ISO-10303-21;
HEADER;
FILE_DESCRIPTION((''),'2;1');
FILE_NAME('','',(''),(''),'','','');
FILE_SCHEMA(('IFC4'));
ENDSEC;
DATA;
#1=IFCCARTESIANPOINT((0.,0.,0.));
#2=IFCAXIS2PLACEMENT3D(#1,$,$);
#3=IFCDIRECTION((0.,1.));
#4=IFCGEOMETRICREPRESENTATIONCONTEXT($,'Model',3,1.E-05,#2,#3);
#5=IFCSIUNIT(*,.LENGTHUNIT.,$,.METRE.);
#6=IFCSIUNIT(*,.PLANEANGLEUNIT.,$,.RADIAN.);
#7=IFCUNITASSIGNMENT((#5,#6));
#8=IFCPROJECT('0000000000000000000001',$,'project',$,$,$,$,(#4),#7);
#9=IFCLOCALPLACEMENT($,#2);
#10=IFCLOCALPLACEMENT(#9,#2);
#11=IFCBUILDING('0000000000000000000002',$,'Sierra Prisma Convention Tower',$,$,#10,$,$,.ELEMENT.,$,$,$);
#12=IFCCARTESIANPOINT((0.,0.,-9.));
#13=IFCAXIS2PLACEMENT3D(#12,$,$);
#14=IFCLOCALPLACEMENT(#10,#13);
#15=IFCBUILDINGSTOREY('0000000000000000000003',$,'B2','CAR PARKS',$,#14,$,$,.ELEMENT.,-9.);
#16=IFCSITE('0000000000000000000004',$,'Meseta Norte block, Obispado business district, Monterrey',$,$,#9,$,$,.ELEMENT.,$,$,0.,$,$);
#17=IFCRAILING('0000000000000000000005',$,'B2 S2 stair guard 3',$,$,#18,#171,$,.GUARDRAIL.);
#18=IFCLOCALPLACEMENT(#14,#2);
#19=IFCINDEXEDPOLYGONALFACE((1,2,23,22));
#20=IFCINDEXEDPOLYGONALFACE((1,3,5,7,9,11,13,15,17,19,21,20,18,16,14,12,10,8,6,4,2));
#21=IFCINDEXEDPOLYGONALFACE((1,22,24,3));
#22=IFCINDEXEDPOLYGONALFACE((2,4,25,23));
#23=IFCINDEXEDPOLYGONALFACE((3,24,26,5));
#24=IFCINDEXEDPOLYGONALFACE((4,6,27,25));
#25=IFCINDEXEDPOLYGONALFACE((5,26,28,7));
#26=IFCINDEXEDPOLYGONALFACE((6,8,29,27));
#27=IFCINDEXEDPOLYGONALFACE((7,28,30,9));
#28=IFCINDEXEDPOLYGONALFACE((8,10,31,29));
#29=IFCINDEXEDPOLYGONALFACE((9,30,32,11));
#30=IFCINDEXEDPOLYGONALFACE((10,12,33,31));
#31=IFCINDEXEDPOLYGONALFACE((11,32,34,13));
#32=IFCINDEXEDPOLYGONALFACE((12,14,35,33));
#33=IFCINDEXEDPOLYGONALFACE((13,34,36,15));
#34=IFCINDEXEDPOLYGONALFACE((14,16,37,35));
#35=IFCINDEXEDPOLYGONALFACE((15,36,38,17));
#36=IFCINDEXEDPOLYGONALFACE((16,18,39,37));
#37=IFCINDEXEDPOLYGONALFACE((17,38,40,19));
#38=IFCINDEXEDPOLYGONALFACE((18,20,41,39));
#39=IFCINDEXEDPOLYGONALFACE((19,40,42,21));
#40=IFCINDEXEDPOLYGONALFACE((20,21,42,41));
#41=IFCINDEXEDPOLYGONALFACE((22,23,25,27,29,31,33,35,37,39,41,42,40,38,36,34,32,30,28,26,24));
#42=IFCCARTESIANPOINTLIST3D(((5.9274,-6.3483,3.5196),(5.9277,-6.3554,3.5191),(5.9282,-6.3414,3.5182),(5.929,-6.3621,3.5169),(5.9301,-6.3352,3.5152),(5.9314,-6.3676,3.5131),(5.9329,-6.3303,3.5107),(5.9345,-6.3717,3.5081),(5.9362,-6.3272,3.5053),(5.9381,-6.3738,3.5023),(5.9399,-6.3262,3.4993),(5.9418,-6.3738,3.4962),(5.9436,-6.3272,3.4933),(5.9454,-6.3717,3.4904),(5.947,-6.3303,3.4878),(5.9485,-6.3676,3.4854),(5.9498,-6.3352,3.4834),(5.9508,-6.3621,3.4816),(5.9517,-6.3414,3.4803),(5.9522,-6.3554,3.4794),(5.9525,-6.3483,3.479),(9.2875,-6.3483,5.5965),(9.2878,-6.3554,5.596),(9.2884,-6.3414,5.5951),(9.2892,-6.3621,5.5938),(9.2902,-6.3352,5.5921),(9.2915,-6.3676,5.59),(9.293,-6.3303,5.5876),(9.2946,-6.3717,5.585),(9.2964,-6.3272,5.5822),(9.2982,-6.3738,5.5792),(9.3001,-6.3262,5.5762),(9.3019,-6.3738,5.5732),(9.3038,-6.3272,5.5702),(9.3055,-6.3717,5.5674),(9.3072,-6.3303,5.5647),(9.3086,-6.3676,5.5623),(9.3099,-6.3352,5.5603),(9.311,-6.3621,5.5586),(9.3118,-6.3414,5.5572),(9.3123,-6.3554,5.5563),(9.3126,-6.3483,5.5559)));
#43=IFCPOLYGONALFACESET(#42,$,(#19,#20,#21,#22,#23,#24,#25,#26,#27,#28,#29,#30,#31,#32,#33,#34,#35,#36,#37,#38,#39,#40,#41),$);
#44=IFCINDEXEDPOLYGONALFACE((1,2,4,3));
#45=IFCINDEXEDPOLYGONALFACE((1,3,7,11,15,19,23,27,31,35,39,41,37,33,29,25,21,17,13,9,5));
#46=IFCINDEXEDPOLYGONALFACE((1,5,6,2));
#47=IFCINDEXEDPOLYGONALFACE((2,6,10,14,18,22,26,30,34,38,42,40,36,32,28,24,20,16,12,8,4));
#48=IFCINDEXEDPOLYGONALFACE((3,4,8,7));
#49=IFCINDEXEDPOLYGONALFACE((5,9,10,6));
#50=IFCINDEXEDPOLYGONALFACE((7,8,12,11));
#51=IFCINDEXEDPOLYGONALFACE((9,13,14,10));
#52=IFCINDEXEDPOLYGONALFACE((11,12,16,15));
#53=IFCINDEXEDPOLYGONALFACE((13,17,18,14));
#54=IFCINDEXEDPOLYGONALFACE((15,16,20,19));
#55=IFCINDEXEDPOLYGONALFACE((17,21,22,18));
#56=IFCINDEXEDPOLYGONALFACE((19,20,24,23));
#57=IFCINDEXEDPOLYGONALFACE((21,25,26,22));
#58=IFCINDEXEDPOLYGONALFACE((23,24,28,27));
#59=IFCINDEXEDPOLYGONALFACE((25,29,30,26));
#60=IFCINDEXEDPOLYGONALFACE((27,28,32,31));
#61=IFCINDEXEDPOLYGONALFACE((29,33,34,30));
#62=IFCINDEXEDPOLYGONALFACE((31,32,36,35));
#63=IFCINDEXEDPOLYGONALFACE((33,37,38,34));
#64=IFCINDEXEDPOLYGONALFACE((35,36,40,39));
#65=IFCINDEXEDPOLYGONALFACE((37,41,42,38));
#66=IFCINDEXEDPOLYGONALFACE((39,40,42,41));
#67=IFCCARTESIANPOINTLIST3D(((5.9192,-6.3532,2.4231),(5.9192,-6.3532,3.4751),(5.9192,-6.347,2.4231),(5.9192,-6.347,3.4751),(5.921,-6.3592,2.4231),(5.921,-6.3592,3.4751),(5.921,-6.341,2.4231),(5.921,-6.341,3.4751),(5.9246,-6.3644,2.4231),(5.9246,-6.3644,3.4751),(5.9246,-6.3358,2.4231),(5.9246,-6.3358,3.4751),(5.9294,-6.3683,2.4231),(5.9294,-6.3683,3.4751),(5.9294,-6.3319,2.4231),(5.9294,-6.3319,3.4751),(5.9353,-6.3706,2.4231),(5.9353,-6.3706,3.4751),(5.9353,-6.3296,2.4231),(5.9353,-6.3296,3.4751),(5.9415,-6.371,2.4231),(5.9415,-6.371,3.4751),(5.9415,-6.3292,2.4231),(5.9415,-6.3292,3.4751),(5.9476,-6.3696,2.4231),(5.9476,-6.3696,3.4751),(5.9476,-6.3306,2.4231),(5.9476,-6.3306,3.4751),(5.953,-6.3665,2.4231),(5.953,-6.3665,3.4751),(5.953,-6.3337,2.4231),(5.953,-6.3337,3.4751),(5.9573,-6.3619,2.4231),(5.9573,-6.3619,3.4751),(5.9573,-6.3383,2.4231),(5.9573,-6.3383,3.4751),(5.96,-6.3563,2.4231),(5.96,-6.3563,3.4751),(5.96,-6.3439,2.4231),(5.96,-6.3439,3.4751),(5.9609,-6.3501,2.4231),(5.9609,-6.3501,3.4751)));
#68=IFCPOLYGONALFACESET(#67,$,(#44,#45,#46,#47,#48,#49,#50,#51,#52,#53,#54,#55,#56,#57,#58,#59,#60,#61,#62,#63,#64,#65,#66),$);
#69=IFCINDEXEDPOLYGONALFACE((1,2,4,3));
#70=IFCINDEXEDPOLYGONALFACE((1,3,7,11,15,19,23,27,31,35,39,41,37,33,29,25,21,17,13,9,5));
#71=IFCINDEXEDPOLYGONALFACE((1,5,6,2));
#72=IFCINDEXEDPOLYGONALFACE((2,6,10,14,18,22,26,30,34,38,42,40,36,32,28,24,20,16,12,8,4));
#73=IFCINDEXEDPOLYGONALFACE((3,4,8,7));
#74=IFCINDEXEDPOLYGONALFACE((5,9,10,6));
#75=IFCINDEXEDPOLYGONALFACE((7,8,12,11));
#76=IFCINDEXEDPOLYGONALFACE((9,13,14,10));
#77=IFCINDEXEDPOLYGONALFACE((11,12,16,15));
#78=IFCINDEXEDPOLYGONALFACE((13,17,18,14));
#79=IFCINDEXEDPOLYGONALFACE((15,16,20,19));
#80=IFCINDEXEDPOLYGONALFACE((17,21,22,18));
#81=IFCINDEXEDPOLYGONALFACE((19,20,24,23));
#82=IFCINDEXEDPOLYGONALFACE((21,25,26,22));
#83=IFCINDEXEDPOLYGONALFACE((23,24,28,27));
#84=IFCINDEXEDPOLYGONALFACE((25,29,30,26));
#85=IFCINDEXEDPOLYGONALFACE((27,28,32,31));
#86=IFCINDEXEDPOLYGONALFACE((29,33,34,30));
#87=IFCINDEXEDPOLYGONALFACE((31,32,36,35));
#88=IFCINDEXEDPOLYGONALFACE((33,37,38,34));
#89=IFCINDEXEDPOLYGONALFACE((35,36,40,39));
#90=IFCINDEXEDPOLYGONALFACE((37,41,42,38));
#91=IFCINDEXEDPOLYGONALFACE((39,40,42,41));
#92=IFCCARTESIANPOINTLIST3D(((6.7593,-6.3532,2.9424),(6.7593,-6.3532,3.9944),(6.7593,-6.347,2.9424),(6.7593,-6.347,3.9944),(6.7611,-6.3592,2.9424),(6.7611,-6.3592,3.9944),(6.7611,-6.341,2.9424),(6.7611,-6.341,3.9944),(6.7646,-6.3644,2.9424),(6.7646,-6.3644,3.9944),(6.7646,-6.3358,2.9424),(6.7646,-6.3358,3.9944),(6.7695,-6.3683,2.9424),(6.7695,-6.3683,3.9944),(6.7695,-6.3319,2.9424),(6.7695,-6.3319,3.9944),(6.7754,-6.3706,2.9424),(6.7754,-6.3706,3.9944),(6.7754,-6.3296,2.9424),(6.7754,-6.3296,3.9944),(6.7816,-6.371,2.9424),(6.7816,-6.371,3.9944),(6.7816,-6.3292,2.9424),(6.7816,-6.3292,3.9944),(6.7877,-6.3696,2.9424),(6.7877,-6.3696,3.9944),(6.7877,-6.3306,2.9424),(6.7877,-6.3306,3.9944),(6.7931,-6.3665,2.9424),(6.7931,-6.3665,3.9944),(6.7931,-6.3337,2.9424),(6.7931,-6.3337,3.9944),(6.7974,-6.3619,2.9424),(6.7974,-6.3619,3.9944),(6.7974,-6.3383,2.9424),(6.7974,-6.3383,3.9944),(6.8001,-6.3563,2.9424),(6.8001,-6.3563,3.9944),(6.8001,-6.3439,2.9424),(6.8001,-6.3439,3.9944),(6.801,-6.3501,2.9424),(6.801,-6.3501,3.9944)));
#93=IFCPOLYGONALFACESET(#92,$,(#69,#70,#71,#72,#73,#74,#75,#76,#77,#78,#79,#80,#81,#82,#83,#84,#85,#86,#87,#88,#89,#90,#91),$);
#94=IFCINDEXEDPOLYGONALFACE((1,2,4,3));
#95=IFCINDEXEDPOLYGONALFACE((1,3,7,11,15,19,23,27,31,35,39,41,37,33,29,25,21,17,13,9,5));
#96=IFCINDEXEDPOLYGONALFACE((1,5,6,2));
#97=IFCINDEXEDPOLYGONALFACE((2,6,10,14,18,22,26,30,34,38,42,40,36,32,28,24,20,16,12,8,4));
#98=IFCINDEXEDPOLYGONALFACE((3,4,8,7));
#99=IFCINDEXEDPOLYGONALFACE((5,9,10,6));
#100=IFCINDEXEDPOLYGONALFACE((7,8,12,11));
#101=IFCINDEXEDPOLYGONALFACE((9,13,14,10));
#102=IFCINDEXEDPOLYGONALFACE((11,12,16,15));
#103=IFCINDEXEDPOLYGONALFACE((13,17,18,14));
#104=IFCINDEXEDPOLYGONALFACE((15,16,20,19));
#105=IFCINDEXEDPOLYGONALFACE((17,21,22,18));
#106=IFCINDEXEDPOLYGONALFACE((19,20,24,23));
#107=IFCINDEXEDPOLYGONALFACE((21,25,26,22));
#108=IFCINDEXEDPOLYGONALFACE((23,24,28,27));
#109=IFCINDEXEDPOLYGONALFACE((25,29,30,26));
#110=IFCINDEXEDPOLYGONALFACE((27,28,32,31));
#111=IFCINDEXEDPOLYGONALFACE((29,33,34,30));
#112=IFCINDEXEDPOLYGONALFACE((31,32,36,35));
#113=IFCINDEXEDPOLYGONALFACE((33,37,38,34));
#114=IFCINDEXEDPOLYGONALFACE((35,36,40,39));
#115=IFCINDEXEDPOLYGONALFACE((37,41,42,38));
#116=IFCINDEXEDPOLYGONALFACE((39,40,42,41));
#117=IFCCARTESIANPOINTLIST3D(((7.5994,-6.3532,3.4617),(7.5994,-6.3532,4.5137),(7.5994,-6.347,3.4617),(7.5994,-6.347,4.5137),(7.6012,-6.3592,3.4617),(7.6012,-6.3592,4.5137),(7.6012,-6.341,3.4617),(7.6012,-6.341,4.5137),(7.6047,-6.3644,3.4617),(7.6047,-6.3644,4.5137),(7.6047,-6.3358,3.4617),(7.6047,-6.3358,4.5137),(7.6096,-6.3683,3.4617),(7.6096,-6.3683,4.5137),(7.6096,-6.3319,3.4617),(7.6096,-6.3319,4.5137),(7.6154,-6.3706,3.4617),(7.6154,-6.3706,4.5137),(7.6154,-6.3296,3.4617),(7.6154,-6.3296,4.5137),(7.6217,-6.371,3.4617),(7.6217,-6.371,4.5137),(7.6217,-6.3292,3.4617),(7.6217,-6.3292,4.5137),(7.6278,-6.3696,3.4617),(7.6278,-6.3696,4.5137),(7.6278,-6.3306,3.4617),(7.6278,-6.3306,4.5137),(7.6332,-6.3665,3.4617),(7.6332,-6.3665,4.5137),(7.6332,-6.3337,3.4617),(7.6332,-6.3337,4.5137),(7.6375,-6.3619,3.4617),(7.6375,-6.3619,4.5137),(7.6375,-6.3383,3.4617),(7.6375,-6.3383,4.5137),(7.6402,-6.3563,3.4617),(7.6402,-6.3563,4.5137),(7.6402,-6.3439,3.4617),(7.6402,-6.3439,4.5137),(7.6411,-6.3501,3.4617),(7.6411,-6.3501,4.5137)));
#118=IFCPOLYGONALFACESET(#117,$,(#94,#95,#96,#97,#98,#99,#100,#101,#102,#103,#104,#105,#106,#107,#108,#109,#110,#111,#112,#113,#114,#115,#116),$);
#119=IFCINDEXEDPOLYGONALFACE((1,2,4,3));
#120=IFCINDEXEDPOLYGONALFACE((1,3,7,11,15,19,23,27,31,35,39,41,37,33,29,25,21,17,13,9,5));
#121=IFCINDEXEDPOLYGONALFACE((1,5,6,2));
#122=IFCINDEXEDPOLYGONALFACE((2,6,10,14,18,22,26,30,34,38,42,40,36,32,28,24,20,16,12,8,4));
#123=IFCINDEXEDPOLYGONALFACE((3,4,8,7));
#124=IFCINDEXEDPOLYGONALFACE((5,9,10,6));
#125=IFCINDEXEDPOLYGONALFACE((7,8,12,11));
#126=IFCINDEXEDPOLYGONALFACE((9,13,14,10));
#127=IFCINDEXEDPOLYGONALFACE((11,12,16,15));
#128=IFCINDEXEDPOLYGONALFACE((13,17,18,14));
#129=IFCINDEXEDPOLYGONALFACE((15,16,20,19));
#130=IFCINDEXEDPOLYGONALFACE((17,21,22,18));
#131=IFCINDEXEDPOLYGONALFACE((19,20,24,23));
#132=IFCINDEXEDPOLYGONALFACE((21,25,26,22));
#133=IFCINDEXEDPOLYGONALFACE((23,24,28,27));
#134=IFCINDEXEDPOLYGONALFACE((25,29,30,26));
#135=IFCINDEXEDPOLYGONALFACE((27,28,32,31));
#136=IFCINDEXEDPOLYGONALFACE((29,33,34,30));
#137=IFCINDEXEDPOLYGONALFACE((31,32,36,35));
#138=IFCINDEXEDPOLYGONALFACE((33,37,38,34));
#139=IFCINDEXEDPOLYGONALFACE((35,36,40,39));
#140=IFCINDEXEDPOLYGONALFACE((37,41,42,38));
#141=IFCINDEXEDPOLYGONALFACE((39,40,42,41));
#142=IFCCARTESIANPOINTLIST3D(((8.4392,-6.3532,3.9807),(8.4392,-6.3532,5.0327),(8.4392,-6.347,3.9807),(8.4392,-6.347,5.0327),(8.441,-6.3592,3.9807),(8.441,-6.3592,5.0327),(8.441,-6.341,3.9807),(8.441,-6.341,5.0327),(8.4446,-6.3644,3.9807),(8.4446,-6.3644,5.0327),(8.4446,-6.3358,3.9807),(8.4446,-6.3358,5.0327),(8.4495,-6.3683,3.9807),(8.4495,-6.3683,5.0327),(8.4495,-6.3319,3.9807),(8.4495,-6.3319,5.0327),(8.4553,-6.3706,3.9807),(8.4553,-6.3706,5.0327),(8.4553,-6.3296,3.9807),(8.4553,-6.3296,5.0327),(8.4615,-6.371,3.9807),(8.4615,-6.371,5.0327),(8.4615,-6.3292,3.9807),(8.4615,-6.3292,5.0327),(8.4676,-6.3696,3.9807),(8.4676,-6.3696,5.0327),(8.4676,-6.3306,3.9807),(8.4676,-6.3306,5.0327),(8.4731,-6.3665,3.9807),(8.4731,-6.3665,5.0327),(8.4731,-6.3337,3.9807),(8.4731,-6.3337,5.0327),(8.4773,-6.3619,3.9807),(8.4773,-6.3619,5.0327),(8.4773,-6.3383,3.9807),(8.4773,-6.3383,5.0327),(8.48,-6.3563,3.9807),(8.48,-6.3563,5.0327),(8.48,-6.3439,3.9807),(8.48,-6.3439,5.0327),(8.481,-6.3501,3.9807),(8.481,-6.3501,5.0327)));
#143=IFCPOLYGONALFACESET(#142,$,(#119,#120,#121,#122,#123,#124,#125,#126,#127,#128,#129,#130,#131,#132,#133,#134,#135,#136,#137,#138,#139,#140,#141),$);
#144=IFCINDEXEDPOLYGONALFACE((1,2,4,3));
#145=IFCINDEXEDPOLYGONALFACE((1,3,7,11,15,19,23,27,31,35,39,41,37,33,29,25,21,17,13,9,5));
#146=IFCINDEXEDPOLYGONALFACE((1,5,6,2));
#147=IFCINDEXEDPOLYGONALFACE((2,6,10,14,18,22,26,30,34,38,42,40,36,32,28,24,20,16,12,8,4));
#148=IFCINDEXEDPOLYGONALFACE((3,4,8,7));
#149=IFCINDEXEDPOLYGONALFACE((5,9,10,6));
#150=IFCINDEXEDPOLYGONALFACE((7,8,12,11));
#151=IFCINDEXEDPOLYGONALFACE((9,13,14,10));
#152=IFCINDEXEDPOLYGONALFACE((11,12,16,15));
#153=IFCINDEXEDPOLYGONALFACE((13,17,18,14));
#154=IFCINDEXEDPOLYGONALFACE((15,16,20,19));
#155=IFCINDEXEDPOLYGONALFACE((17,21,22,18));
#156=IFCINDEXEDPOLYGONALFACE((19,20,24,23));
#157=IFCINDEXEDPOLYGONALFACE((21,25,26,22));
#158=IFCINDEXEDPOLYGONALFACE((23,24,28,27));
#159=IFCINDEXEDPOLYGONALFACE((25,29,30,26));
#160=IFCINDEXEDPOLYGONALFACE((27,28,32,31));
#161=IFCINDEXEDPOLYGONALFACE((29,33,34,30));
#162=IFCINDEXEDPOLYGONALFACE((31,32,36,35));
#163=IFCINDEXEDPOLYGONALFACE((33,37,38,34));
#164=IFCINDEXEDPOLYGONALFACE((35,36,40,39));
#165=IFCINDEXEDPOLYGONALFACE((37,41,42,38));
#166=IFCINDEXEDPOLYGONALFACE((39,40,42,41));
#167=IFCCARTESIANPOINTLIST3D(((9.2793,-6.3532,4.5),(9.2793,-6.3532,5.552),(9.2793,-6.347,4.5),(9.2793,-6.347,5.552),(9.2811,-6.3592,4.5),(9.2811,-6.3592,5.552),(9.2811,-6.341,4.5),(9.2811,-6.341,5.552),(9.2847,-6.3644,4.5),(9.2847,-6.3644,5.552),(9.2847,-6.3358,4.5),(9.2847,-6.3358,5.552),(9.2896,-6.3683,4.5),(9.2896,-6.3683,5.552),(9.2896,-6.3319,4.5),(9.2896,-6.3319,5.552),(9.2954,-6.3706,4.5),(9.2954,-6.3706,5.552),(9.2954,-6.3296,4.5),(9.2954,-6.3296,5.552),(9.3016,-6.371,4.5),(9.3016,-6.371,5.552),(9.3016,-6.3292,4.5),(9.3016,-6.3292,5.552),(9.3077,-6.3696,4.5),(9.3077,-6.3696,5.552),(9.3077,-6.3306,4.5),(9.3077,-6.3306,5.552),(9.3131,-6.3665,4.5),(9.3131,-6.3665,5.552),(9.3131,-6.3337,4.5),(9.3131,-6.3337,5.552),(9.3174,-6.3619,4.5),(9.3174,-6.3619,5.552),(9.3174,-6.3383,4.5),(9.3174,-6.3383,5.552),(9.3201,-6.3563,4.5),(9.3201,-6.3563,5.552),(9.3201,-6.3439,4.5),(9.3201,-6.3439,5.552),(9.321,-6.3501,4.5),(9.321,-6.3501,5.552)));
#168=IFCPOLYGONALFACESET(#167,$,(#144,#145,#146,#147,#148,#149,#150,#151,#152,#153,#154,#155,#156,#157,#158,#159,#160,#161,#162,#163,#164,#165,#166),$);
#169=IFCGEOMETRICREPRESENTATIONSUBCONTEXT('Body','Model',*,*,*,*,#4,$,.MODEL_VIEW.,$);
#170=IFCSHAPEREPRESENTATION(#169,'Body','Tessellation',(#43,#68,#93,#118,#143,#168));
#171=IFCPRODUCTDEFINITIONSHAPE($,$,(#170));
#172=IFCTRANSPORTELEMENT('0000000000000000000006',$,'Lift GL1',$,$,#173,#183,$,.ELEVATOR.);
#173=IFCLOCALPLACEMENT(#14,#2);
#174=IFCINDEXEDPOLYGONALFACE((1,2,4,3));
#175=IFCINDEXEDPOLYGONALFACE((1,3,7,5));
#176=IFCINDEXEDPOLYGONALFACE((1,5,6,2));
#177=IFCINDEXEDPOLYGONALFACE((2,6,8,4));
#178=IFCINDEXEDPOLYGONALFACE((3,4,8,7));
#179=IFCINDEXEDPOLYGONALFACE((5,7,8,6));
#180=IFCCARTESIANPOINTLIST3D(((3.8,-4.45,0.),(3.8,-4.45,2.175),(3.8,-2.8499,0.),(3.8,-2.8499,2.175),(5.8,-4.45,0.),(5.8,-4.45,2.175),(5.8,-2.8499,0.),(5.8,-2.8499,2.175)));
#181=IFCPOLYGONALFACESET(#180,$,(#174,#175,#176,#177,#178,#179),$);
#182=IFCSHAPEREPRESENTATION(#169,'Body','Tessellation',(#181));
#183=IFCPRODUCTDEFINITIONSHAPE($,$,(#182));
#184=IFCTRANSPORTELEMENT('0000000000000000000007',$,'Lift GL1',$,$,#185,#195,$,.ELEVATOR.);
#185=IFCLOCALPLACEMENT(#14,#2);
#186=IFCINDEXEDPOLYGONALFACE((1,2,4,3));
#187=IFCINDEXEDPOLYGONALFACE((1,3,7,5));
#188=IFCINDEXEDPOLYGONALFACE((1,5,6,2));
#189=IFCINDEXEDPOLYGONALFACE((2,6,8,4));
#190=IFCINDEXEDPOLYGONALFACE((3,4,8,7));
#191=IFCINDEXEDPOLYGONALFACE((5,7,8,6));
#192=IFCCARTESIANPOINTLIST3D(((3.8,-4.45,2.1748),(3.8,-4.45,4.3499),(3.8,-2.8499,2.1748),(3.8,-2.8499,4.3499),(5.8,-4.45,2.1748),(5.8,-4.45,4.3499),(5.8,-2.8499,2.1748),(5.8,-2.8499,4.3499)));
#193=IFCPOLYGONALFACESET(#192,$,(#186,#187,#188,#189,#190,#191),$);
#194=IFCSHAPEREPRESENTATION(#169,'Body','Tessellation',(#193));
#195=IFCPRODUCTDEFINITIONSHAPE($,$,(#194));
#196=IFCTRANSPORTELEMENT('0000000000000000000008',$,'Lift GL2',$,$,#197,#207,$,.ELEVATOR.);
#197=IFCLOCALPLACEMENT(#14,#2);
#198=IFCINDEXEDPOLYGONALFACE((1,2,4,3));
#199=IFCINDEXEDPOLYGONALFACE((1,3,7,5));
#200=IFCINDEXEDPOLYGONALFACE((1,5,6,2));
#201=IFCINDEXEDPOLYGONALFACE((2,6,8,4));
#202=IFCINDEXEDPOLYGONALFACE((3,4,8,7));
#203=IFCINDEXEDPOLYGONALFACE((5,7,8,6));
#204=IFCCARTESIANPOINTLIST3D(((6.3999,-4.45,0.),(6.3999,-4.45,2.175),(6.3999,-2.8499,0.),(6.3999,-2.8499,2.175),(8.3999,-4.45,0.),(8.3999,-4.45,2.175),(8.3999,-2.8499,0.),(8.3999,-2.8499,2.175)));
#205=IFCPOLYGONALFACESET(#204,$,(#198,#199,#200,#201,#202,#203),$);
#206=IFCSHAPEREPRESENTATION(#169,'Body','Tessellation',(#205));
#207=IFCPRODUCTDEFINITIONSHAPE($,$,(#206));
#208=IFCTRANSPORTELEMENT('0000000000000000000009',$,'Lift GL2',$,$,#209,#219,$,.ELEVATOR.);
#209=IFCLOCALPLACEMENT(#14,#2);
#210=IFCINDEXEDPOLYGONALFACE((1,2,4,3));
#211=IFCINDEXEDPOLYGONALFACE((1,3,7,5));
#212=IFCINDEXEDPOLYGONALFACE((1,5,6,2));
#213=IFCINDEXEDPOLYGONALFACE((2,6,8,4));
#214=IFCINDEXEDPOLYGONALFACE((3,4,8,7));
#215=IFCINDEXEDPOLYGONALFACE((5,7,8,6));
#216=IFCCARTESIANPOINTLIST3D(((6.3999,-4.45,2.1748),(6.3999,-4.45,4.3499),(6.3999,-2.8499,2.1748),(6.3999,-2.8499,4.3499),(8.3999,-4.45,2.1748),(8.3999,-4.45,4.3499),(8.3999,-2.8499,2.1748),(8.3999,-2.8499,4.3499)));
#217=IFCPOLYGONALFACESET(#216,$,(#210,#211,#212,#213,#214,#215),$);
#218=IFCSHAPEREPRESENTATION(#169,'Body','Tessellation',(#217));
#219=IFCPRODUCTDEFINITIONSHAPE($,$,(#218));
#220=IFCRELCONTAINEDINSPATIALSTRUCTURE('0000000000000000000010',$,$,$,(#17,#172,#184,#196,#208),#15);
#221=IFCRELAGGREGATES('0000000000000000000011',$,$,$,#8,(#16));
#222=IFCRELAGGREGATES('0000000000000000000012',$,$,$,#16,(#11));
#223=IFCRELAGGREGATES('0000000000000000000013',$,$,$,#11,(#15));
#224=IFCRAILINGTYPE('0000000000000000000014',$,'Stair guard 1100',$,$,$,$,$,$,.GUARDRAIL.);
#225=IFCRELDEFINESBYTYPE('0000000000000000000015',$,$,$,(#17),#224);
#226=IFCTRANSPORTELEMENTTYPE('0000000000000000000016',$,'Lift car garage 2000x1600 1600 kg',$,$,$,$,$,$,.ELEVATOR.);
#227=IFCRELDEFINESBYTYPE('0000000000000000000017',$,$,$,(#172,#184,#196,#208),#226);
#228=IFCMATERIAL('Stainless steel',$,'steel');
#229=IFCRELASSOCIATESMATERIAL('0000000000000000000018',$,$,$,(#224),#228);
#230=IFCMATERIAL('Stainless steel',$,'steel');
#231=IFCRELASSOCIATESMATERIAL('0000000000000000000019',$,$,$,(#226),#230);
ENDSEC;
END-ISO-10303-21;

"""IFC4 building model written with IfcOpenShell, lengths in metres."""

from ifc_helpers import new_model, si_unit, direction, frame, origin, origin_2d, place, context, subcontext, project, spatial, rectangle, circle, extrude, material, type_object, element, save


model = new_model("IFC4")

# Units and contexts
model_context = context("Model", 3, precision=1e-05, world=origin(), true_north=direction((0.0, 1.0)))
body_context = subcontext(model_context, "Body", "Model", "MODEL_VIEW")
ifc_project = project(units=[si_unit("LENGTHUNIT", "METRE"), si_unit("PLANEANGLEUNIT", "RADIAN")], contexts=[model_context])

# Site, building, storey
site_placement = place(None, origin())
site = spatial("IfcSite", under=ifc_project, at=site_placement, Name="Meseta Norte block, Obispado business district, Monterrey", CompositionType="ELEMENT", RefElevation=0.0)
building_placement = place(site_placement, origin())
building = spatial("IfcBuilding", under=site, at=building_placement, Name="Sierra Prisma Convention Tower", CompositionType="ELEMENT")
storey_placement = place(building_placement, frame((0.0, 0.0, -9.0)))
storey = spatial("IfcBuildingStorey", under=building, at=storey_placement, Name="B2", Description="CAR PARKS", CompositionType="ELEMENT", Elevation=-9.0)

# Railing
ifc_material_1 = material(Name="Stainless steel", Category="steel")
railing_type_1 = type_object("IfcRailingType", Name="Stair guard 1100", PredefinedType="GUARDRAIL", material=ifc_material_1)
railing_1_placement = place(storey_placement, frame((5.9399, -6.3501, 2.4231)))
element("IfcRailing", 1, at=railing_1_placement, inside=storey, type_object=railing_type_1, Name="B2 S2 stair guard 3", PredefinedType="GUARDRAIL", context=body_context, shape_type="SweptSolid", body=[
    extrude(circle(Radius=0.0239, at=origin_2d()), frame((0.0, 0.0, 1.0762), z_axis=(0.850623, 0.0, 0.525776), x_axis=(0.0, 1.0, 0.0)), (0.0, 0.0, 1.0), 3.9502),
    extrude(circle(Radius=0.021, at=origin_2d()), origin(), (0.0, 0.0, 1.0), 1.052),
    extrude(circle(Radius=0.021, at=origin_2d()), frame((0.8401, 0.0, 0.5193)), (0.0, 0.0, 1.0), 1.052),
    extrude(circle(Radius=0.021, at=origin_2d()), frame((1.6802, 0.0, 1.0386)), (0.0, 0.0, 1.0), 1.052),
    extrude(circle(Radius=0.021, at=origin_2d()), frame((2.52, 0.0, 1.5576)), (0.0, 0.0, 1.0), 1.052),
    extrude(circle(Radius=0.021, at=origin_2d()), frame((3.3601, 0.0, 2.0769)), (0.0, 0.0, 1.0), 1.052),
])

# Transport elements
ifc_material_2 = material(Name="Stainless steel", Category="steel")
transport_element_type = type_object("IfcTransportElementType", Name="Lift car garage 2000x1600 1600 kg", PredefinedType="ELEVATOR", material=ifc_material_2)
for number, where, z_axis, x_axis, name in (
    (2, (4.8, -3.6499, 0.0), (0.0, 0.0, 1.0), (1.0, 0.0, 0.0), "Lift GL1"),
    (3, (4.8, -3.6499, 2.1748), (0.0, 0.0, 1.0), (1.0, 0.0, 0.0), "Lift GL1"),
    (4, (7.3999, -3.6499, 0.0), (0.0, 0.0, 1.0), (1.0, 0.0, 0.0), "Lift GL2"),
    (5, (7.3999, -3.6499, 2.1748), (0.0, 0.0, 1.0), (1.0, 0.0, 0.0), "Lift GL2"),
):
    element("IfcTransportElement", number, at=place(storey_placement, frame(where, z_axis=z_axis, x_axis=x_axis)), inside=storey, type_object=transport_element_type, Name=name, PredefinedType="ELEVATOR", context=body_context, shape_type="SweptSolid", body=[
        extrude(rectangle(XDim=2.0, YDim=1.6001, at=origin_2d()), origin(), (0.0, 0.0, 1.0), 2.175),
    ])

save(model, "model.ifc")
